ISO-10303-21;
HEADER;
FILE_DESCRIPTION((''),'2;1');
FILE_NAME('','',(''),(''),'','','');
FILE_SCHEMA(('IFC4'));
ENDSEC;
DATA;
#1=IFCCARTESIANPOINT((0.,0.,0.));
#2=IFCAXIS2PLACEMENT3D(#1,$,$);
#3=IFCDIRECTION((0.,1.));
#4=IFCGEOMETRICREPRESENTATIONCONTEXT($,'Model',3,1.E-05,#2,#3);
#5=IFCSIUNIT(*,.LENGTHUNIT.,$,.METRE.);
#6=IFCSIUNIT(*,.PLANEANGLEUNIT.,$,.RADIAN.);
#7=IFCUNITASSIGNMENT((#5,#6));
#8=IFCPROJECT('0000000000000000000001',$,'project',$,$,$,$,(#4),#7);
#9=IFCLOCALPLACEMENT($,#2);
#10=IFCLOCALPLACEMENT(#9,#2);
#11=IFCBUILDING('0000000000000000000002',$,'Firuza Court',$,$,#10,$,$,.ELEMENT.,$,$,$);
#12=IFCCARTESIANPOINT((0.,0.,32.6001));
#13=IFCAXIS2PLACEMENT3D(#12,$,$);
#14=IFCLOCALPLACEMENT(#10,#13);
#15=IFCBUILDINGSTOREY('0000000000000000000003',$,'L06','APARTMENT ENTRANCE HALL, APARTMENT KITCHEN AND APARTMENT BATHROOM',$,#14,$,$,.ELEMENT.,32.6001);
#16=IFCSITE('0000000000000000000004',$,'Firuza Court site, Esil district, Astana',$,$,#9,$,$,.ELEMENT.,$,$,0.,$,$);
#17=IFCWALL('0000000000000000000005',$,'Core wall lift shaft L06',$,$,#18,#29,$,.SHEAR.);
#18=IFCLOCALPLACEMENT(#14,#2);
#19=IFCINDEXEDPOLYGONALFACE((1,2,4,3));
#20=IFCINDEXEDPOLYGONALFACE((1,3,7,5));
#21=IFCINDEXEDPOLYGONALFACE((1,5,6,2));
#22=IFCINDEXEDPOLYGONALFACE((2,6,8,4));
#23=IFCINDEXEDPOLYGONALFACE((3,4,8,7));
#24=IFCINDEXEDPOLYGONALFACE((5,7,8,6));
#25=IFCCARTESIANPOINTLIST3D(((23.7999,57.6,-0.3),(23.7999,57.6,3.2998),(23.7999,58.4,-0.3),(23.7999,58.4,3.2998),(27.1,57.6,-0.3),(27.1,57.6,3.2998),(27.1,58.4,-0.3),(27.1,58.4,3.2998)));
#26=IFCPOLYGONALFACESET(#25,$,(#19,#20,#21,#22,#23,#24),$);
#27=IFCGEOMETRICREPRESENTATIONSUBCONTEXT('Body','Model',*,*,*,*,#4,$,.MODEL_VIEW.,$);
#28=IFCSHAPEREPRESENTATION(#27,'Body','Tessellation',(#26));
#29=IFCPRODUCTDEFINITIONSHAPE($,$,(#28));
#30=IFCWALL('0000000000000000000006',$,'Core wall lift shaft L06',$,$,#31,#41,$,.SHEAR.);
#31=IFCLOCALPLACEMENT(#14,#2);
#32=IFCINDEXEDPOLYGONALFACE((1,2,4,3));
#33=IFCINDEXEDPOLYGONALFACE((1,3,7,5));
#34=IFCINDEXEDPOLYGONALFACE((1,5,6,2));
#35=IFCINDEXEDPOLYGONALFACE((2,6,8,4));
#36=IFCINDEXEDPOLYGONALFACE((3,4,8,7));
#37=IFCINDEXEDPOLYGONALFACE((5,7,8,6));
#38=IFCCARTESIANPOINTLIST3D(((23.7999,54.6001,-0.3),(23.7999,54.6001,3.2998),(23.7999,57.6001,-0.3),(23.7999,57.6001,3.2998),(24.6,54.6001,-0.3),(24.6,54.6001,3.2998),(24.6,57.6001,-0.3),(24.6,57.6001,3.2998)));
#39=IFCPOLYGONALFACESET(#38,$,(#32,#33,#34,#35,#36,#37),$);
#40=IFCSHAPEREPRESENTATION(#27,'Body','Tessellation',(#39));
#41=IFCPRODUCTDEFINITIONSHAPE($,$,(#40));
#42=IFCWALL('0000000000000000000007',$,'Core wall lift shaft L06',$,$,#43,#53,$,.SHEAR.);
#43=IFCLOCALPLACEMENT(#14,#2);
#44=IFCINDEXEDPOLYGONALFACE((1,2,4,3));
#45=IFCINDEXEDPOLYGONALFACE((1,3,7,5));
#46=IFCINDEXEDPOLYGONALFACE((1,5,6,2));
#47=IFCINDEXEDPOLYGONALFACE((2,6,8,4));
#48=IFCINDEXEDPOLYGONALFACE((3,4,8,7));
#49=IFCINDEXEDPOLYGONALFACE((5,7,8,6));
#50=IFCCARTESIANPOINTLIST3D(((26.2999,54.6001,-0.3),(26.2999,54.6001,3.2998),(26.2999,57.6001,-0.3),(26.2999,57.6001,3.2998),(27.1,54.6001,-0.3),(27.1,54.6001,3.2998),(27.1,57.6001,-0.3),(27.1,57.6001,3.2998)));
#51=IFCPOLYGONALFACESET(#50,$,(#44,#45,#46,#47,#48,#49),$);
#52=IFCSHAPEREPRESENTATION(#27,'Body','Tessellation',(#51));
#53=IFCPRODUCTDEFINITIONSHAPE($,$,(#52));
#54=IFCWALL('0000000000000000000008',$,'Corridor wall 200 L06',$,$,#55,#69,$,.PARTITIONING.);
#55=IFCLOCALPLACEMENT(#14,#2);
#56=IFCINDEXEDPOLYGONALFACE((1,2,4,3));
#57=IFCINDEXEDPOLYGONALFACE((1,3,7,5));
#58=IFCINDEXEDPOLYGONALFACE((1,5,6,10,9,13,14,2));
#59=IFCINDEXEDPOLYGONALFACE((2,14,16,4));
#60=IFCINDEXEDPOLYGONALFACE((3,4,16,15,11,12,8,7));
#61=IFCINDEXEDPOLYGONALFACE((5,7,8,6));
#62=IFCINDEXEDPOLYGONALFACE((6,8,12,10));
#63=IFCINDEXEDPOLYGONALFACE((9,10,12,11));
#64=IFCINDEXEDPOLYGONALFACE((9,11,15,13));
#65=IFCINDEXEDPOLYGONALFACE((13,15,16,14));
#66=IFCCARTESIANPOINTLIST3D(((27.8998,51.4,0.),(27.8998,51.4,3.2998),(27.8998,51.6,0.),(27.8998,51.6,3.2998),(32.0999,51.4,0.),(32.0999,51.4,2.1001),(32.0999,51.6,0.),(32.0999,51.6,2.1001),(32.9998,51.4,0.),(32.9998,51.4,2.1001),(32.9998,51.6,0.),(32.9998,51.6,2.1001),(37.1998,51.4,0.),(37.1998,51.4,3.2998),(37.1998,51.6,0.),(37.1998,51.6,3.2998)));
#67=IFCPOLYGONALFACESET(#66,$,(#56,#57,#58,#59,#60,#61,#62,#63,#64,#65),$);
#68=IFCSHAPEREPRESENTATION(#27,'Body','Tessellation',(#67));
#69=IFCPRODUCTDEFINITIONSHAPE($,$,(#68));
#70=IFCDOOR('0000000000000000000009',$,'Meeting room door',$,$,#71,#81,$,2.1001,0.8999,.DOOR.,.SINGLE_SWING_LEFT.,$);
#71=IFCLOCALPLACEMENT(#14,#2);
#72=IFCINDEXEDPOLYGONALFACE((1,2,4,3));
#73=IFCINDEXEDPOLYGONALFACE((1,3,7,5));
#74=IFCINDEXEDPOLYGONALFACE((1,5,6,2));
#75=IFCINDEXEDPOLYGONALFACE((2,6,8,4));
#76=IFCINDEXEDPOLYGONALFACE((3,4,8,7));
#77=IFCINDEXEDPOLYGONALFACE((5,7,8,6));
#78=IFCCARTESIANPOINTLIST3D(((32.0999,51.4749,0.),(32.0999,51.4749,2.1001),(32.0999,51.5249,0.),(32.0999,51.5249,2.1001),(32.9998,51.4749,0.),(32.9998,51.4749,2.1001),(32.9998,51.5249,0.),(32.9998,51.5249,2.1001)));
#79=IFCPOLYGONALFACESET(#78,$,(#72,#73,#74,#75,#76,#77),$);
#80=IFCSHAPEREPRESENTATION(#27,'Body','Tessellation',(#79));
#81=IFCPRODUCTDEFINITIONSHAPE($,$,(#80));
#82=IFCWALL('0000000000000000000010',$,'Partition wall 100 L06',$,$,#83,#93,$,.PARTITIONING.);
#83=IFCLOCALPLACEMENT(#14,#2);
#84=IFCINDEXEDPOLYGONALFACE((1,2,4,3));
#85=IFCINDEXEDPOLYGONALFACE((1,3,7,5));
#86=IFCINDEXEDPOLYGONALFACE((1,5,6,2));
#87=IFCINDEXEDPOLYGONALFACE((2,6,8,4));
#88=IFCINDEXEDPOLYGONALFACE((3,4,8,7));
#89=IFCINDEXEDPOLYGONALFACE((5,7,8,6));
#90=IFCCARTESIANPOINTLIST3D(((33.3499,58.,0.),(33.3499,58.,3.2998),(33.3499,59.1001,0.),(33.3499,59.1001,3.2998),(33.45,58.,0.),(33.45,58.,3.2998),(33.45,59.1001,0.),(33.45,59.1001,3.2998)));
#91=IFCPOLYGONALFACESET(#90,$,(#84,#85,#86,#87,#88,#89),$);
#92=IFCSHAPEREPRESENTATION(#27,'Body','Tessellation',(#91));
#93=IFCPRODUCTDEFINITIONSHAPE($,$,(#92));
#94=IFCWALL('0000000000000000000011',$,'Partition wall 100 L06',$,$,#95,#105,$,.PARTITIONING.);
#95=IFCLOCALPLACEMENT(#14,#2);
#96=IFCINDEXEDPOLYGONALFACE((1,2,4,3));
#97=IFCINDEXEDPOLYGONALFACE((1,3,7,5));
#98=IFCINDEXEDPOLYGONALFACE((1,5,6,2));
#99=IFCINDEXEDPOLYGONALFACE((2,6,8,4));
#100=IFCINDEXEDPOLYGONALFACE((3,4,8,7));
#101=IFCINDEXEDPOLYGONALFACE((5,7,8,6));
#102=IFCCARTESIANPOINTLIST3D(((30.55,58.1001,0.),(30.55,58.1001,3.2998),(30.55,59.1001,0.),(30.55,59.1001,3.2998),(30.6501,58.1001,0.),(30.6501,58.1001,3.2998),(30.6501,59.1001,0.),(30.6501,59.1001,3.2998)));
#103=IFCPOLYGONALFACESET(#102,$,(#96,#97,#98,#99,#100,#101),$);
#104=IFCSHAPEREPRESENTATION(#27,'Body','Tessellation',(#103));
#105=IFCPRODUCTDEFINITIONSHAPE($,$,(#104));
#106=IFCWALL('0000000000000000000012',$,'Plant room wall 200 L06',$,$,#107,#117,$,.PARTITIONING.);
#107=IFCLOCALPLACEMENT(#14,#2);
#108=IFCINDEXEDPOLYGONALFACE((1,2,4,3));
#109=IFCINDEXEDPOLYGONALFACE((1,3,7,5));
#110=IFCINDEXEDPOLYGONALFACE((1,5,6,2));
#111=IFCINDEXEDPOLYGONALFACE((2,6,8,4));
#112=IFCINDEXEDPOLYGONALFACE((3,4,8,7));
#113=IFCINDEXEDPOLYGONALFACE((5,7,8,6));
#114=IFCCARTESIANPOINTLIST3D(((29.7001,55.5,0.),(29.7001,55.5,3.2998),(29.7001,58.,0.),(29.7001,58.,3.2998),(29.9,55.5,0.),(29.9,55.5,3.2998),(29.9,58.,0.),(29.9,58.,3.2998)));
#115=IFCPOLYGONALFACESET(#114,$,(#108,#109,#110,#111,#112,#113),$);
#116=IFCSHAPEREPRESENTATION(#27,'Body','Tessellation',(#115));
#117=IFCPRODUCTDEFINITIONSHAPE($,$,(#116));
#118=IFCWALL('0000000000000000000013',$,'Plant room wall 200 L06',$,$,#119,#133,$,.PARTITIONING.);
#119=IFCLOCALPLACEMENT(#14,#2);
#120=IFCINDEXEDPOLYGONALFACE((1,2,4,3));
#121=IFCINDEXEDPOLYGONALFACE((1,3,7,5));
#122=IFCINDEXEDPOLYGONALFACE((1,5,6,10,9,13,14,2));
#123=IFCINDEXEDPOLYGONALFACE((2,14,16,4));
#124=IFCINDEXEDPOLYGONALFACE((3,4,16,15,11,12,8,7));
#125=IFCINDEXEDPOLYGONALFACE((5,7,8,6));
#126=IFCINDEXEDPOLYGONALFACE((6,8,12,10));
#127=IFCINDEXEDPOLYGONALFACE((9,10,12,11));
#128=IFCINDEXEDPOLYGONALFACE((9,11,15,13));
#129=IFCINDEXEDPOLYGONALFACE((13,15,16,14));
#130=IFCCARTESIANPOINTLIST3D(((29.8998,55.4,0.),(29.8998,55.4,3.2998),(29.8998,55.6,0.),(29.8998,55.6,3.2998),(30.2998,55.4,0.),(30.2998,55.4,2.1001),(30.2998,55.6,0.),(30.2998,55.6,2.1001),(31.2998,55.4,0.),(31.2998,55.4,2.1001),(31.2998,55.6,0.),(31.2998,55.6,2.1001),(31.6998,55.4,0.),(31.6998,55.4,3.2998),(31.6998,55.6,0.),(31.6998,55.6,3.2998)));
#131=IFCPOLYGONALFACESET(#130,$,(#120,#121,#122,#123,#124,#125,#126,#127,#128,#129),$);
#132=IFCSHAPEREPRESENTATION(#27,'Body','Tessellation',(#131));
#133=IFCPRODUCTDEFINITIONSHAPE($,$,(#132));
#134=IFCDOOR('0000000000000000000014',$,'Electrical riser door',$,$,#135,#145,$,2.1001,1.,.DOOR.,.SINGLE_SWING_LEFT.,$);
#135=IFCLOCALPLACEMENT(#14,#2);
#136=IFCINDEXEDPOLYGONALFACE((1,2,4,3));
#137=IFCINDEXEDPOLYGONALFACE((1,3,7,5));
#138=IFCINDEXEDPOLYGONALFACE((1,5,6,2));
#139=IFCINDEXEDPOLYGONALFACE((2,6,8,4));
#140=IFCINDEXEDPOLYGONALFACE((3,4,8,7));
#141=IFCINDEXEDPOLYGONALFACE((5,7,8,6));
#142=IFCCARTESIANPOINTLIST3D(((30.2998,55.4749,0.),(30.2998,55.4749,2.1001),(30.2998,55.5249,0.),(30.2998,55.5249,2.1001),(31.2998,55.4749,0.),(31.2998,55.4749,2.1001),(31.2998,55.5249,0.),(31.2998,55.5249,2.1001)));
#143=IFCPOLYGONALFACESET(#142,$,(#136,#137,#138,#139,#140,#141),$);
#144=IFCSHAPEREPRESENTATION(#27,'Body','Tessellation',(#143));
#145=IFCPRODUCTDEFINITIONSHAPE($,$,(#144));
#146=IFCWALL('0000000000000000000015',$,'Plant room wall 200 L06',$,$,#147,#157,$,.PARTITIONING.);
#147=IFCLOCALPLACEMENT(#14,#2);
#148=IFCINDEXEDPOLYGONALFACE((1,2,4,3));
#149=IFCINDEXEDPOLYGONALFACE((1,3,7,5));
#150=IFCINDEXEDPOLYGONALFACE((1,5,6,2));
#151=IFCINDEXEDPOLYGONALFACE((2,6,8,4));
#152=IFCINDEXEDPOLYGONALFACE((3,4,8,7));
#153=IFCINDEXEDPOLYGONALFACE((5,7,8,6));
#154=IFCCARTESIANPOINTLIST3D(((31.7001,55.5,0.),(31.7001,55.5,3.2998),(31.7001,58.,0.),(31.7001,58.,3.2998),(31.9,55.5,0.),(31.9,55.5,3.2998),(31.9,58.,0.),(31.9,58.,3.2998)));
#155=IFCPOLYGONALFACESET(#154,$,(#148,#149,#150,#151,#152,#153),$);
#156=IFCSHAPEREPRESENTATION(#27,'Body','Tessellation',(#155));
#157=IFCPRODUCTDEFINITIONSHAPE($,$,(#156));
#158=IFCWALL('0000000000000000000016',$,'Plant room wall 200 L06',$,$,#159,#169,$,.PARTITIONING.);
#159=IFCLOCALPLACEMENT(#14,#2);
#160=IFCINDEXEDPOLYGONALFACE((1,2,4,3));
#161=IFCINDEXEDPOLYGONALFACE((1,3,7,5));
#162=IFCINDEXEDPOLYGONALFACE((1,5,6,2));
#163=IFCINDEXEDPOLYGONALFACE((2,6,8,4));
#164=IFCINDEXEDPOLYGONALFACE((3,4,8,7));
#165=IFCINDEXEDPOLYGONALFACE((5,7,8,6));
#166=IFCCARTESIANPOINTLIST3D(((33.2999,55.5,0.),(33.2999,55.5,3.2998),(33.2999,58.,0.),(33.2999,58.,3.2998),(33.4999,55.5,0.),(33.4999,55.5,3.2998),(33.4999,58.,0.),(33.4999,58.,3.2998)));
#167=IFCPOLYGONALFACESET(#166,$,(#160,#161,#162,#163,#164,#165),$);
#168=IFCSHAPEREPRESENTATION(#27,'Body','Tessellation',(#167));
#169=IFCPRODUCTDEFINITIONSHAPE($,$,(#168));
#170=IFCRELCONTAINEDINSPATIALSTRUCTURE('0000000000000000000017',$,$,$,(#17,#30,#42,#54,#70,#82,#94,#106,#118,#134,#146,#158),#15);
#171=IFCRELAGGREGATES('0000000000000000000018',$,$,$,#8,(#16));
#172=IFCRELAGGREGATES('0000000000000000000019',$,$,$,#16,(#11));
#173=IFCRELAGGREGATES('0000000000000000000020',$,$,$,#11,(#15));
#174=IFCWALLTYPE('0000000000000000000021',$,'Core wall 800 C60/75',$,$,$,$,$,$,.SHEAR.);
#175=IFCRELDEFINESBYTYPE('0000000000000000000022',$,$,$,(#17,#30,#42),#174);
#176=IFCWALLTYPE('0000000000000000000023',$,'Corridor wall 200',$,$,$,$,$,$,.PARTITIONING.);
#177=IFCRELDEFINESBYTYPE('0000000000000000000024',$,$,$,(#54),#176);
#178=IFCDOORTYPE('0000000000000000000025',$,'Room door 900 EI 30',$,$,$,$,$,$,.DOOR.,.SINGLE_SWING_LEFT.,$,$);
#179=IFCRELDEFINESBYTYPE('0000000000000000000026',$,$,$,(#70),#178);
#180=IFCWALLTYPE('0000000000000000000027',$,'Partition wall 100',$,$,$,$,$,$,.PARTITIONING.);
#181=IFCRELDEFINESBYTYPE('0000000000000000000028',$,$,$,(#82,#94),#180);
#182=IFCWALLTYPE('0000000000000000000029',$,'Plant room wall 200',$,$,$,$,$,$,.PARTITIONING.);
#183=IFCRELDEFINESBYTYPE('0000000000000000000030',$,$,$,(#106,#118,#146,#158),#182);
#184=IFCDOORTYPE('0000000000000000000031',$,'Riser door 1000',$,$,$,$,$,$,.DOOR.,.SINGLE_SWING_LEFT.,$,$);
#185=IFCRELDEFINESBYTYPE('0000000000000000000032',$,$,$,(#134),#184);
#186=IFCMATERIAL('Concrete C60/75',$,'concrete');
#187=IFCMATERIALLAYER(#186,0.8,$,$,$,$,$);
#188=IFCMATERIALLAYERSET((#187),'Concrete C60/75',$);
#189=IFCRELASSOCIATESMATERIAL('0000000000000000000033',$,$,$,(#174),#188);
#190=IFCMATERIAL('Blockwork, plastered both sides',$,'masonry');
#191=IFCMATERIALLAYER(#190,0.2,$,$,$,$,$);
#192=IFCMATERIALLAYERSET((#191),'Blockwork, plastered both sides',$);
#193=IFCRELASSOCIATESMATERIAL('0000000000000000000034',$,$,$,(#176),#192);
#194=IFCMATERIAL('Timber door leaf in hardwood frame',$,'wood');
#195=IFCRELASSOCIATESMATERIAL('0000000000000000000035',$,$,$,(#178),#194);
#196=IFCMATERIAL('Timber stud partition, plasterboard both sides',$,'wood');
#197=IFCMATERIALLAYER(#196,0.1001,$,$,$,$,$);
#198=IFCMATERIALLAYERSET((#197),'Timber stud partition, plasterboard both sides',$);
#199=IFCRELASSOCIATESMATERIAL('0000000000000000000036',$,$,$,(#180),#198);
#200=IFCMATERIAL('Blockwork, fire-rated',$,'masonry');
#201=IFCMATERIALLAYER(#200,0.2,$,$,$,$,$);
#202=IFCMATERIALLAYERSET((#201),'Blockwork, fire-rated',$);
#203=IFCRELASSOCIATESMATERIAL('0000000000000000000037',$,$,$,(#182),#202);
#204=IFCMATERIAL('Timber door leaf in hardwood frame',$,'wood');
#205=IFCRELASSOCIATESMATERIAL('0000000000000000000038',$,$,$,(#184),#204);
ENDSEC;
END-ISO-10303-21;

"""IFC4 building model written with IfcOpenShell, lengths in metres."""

from ifc_helpers import new_model, si_unit, direction, frame, frame_2d, origin, place, context, subcontext, project, spatial, rectangle, extrude, material, layer, layer_set, type_object, element, fill, save


model = new_model("IFC4")

# Units and contexts
model_context = context("Model", 3, precision=1e-05, world=origin(), true_north=direction((0.0, 1.0)))
body_context = subcontext(model_context, "Body", "Model", "MODEL_VIEW")
ifc_project = project(units=[si_unit("LENGTHUNIT", "METRE"), si_unit("PLANEANGLEUNIT", "RADIAN")], contexts=[model_context])

# Site, building, storey
site_placement = place(None, origin())
site = spatial("IfcSite", under=ifc_project, at=site_placement, Name="Firuza Court site, Esil district, Astana", CompositionType="ELEMENT", RefElevation=0.0)
building_placement = place(site_placement, origin())
building = spatial("IfcBuilding", under=site, at=building_placement, Name="Firuza Court", CompositionType="ELEMENT")
storey_placement = place(building_placement, frame((0.0, 0.0, 32.6001)))
storey = spatial("IfcBuildingStorey", under=building, at=storey_placement, Name="L06", Description="APARTMENT ENTRANCE HALL, APARTMENT KITCHEN AND APARTMENT BATHROOM", CompositionType="ELEMENT", Elevation=32.6001)

# Shared definitions
ifc_material_1 = material(Name="Concrete C60/75", Category="concrete")
ifc_layer_1 = layer(ifc_material_1, 0.8)
ifc_layer_set_1 = layer_set([ifc_layer_1], Name="Concrete C60/75")
wall_type_1 = type_object("IfcWallType", Name="Core wall 800 C60/75", PredefinedType="SHEAR", material=ifc_layer_set_1)

# Walls
wall_1_placement = place(storey_placement, frame((23.8, 58.0, -0.3), z_axis=(0.0, 0.0, 1.0), x_axis=(1.0, 0.0, 0.0)))
element("IfcWall", 1, at=wall_1_placement, inside=storey, type_object=wall_type_1, Name="Core wall lift shaft L06", PredefinedType="SHEAR", context=body_context, shape_type="SweptSolid", body=[
    extrude(rectangle(XDim=3.3, YDim=0.8, at=frame_2d((1.6499, 0.0))), origin(), (0.0, 0.0, 1.0), 3.5999),
])
for number, where, z_axis, x_axis, name in (
    (2, (24.2, 54.6001, -0.3), (0.0, 0.0, 1.0), (0.0, 1.0, 0.0), "Core wall lift shaft L06"),
    (3, (26.7, 54.6001, -0.3), (0.0, 0.0, 1.0), (0.0, 1.0, 0.0), "Core wall lift shaft L06"),
):
    element("IfcWall", number, at=place(storey_placement, frame(where, z_axis=z_axis, x_axis=x_axis)), inside=storey, type_object=wall_type_1, Name=name, PredefinedType="SHEAR", context=body_context, shape_type="SweptSolid", body=[
        extrude(rectangle(XDim=3.0, YDim=0.8, at=frame_2d((1.5, 0.0))), origin(), (0.0, 0.0, 1.0), 3.5999),
    ])

# Wall, opening, door
ifc_material_2 = material(Name="Blockwork, plastered both sides", Category="masonry")
ifc_layer_2 = layer(ifc_material_2, 0.2)
ifc_layer_set_2 = layer_set([ifc_layer_2], Name="Blockwork, plastered both sides")
wall_type_2 = type_object("IfcWallType", Name="Corridor wall 200", PredefinedType="PARTITIONING", material=ifc_layer_set_2)
wall_2_placement = place(storey_placement, frame((27.8999, 51.5, 0.0), z_axis=(0.0, 0.0, 1.0), x_axis=(1.0, 0.0, 0.0)))
wall_2 = element("IfcWall", 4, at=wall_2_placement, inside=storey, type_object=wall_type_2, Name="Corridor wall 200 L06", PredefinedType="PARTITIONING", context=body_context, shape_type="SweptSolid", body=[
    extrude(rectangle(XDim=9.3, YDim=0.2, at=frame_2d((4.6499, 0.0))), origin(), (0.0, 0.0, 1.0), 3.2998),
])
opening_1_placement = place(wall_2_placement, frame((4.2, 0.0, 0.0)))
opening_1 = element("IfcOpeningElement", 5, at=opening_1_placement, cuts=wall_2, PredefinedType="OPENING", context=body_context, shape_type="SweptSolid", body=[
    extrude(rectangle(XDim=0.8999, YDim=2.1001, at=frame_2d((0.45, 1.05))), frame((0.0, 0.1118, 0.0), z_axis=(0.0, -1.0, 0.0), x_axis=(1.0, 0.0, 0.0)), (0.0, 0.0, 1.0), 0.2239),
])
ifc_material_3 = material(Name="Timber door leaf in hardwood frame", Category="wood")
door_type_1 = type_object("IfcDoorType", Name="Room door 900 EI 30", OperationType="SINGLE_SWING_LEFT", PredefinedType="DOOR", material=ifc_material_3)
door_1_placement = place(opening_1_placement, origin())
door_1 = element("IfcDoor", 6, at=door_1_placement, inside=storey, type_object=door_type_1, Name="Meeting room door", OperationType="SINGLE_SWING_LEFT", OverallHeight=2.1001, OverallWidth=0.8999, PredefinedType="DOOR", context=body_context, shape_type="SweptSolid", body=[
    extrude(rectangle(XDim=0.8999, YDim=2.1001, at=frame_2d((0.45, 1.05))), frame((0.0, 0.0249, 0.0), z_axis=(0.0, -1.0, 0.0), x_axis=(1.0, 0.0, 0.0)), (0.0, 0.0, 1.0), 0.05),
])
fill(opening_1, door_1)

# Walls
ifc_material_4 = material(Name="Timber stud partition, plasterboard both sides", Category="wood")
ifc_layer_3 = layer(ifc_material_4, 0.1001)
ifc_layer_set_3 = layer_set([ifc_layer_3], Name="Timber stud partition, plasterboard both sides")
wall_type_3 = type_object("IfcWallType", Name="Partition wall 100", PredefinedType="PARTITIONING", material=ifc_layer_set_3)
wall_3_placement = place(storey_placement, frame((33.3999, 58.0, 0.0), z_axis=(0.0, 0.0, 1.0), x_axis=(0.0, 1.0, 0.0)))
element("IfcWall", 7, at=wall_3_placement, inside=storey, type_object=wall_type_3, Name="Partition wall 100 L06", PredefinedType="PARTITIONING", context=body_context, shape_type="SweptSolid", body=[
    extrude(rectangle(XDim=1.1001, YDim=0.1001, at=frame_2d((0.55, 0.0))), origin(), (0.0, 0.0, 1.0), 3.2998),
])
wall_4_placement = place(storey_placement, frame((30.6001, 58.1001, 0.0), z_axis=(0.0, 0.0, 1.0), x_axis=(0.0, 1.0, 0.0)))
element("IfcWall", 8, at=wall_4_placement, inside=storey, type_object=wall_type_3, Name="Partition wall 100 L06", PredefinedType="PARTITIONING", context=body_context, shape_type="SweptSolid", body=[
    extrude(rectangle(XDim=1.0, YDim=0.1001, at=frame_2d((0.5, 0.0))), origin(), (0.0, 0.0, 1.0), 3.2998),
])
ifc_material_5 = material(Name="Blockwork, fire-rated", Category="masonry")
ifc_layer_4 = layer(ifc_material_5, 0.2)
ifc_layer_set_4 = layer_set([ifc_layer_4], Name="Blockwork, fire-rated")
wall_type_4 = type_object("IfcWallType", Name="Plant room wall 200", PredefinedType="PARTITIONING", material=ifc_layer_set_4)
wall_5_placement = place(storey_placement, frame((29.8, 55.5, 0.0), z_axis=(0.0, 0.0, 1.0), x_axis=(0.0, 1.0, 0.0)))
element("IfcWall", 9, at=wall_5_placement, inside=storey, type_object=wall_type_4, Name="Plant room wall 200 L06", PredefinedType="PARTITIONING", context=body_context, shape_type="SweptSolid", body=[
    extrude(rectangle(XDim=2.5, YDim=0.2, at=frame_2d((1.25, 0.0))), origin(), (0.0, 0.0, 1.0), 3.2998),
])

# Wall, opening, door
wall_6_placement = place(storey_placement, frame((29.8999, 55.5, 0.0), z_axis=(0.0, 0.0, 1.0), x_axis=(1.0, 0.0, 0.0)))
wall_6 = element("IfcWall", 10, at=wall_6_placement, inside=storey, type_object=wall_type_4, Name="Plant room wall 200 L06", PredefinedType="PARTITIONING", context=body_context, shape_type="SweptSolid", body=[
    extrude(rectangle(XDim=1.8, YDim=0.2, at=frame_2d((0.8999, 0.0))), origin(), (0.0, 0.0, 1.0), 3.2998),
])
opening_2_placement = place(wall_6_placement, frame((0.3999, 0.0, 0.0)))
opening_2 = element("IfcOpeningElement", 11, at=opening_2_placement, cuts=wall_6, PredefinedType="OPENING", context=body_context, shape_type="SweptSolid", body=[
    extrude(rectangle(XDim=1.0, YDim=2.1001, at=frame_2d((0.5, 1.05))), frame((0.0, 0.1118, 0.0), z_axis=(0.0, -1.0, 0.0), x_axis=(1.0, 0.0, 0.0)), (0.0, 0.0, 1.0), 0.2239),
])
ifc_material_6 = material(Name="Timber door leaf in hardwood frame", Category="wood")
door_type_2 = type_object("IfcDoorType", Name="Riser door 1000", OperationType="SINGLE_SWING_LEFT", PredefinedType="DOOR", material=ifc_material_6)
door_2_placement = place(opening_2_placement, origin())
door_2 = element("IfcDoor", 12, at=door_2_placement, inside=storey, type_object=door_type_2, Name="Electrical riser door", OperationType="SINGLE_SWING_LEFT", OverallHeight=2.1001, OverallWidth=1.0, PredefinedType="DOOR", context=body_context, shape_type="SweptSolid", body=[
    extrude(rectangle(XDim=1.0, YDim=2.1001, at=frame_2d((0.5, 1.05))), frame((0.0, 0.0249, 0.0), z_axis=(0.0, -1.0, 0.0), x_axis=(1.0, 0.0, 0.0)), (0.0, 0.0, 1.0), 0.05),
])
fill(opening_2, door_2)

# Walls
for number, where, z_axis, x_axis, name in (
    (13, (31.8, 55.5, 0.0), (0.0, 0.0, 1.0), (0.0, 1.0, 0.0), "Plant room wall 200 L06"),
    (14, (33.3999, 55.5, 0.0), (0.0, 0.0, 1.0), (0.0, 1.0, 0.0), "Plant room wall 200 L06"),
):
    element("IfcWall", number, at=place(storey_placement, frame(where, z_axis=z_axis, x_axis=x_axis)), inside=storey, type_object=wall_type_4, Name=name, PredefinedType="PARTITIONING", context=body_context, shape_type="SweptSolid", body=[
        extrude(rectangle(XDim=2.5, YDim=0.2, at=frame_2d((1.25, 0.0))), origin(), (0.0, 0.0, 1.0), 3.2998),
    ])

save(model, "model.ifc")
